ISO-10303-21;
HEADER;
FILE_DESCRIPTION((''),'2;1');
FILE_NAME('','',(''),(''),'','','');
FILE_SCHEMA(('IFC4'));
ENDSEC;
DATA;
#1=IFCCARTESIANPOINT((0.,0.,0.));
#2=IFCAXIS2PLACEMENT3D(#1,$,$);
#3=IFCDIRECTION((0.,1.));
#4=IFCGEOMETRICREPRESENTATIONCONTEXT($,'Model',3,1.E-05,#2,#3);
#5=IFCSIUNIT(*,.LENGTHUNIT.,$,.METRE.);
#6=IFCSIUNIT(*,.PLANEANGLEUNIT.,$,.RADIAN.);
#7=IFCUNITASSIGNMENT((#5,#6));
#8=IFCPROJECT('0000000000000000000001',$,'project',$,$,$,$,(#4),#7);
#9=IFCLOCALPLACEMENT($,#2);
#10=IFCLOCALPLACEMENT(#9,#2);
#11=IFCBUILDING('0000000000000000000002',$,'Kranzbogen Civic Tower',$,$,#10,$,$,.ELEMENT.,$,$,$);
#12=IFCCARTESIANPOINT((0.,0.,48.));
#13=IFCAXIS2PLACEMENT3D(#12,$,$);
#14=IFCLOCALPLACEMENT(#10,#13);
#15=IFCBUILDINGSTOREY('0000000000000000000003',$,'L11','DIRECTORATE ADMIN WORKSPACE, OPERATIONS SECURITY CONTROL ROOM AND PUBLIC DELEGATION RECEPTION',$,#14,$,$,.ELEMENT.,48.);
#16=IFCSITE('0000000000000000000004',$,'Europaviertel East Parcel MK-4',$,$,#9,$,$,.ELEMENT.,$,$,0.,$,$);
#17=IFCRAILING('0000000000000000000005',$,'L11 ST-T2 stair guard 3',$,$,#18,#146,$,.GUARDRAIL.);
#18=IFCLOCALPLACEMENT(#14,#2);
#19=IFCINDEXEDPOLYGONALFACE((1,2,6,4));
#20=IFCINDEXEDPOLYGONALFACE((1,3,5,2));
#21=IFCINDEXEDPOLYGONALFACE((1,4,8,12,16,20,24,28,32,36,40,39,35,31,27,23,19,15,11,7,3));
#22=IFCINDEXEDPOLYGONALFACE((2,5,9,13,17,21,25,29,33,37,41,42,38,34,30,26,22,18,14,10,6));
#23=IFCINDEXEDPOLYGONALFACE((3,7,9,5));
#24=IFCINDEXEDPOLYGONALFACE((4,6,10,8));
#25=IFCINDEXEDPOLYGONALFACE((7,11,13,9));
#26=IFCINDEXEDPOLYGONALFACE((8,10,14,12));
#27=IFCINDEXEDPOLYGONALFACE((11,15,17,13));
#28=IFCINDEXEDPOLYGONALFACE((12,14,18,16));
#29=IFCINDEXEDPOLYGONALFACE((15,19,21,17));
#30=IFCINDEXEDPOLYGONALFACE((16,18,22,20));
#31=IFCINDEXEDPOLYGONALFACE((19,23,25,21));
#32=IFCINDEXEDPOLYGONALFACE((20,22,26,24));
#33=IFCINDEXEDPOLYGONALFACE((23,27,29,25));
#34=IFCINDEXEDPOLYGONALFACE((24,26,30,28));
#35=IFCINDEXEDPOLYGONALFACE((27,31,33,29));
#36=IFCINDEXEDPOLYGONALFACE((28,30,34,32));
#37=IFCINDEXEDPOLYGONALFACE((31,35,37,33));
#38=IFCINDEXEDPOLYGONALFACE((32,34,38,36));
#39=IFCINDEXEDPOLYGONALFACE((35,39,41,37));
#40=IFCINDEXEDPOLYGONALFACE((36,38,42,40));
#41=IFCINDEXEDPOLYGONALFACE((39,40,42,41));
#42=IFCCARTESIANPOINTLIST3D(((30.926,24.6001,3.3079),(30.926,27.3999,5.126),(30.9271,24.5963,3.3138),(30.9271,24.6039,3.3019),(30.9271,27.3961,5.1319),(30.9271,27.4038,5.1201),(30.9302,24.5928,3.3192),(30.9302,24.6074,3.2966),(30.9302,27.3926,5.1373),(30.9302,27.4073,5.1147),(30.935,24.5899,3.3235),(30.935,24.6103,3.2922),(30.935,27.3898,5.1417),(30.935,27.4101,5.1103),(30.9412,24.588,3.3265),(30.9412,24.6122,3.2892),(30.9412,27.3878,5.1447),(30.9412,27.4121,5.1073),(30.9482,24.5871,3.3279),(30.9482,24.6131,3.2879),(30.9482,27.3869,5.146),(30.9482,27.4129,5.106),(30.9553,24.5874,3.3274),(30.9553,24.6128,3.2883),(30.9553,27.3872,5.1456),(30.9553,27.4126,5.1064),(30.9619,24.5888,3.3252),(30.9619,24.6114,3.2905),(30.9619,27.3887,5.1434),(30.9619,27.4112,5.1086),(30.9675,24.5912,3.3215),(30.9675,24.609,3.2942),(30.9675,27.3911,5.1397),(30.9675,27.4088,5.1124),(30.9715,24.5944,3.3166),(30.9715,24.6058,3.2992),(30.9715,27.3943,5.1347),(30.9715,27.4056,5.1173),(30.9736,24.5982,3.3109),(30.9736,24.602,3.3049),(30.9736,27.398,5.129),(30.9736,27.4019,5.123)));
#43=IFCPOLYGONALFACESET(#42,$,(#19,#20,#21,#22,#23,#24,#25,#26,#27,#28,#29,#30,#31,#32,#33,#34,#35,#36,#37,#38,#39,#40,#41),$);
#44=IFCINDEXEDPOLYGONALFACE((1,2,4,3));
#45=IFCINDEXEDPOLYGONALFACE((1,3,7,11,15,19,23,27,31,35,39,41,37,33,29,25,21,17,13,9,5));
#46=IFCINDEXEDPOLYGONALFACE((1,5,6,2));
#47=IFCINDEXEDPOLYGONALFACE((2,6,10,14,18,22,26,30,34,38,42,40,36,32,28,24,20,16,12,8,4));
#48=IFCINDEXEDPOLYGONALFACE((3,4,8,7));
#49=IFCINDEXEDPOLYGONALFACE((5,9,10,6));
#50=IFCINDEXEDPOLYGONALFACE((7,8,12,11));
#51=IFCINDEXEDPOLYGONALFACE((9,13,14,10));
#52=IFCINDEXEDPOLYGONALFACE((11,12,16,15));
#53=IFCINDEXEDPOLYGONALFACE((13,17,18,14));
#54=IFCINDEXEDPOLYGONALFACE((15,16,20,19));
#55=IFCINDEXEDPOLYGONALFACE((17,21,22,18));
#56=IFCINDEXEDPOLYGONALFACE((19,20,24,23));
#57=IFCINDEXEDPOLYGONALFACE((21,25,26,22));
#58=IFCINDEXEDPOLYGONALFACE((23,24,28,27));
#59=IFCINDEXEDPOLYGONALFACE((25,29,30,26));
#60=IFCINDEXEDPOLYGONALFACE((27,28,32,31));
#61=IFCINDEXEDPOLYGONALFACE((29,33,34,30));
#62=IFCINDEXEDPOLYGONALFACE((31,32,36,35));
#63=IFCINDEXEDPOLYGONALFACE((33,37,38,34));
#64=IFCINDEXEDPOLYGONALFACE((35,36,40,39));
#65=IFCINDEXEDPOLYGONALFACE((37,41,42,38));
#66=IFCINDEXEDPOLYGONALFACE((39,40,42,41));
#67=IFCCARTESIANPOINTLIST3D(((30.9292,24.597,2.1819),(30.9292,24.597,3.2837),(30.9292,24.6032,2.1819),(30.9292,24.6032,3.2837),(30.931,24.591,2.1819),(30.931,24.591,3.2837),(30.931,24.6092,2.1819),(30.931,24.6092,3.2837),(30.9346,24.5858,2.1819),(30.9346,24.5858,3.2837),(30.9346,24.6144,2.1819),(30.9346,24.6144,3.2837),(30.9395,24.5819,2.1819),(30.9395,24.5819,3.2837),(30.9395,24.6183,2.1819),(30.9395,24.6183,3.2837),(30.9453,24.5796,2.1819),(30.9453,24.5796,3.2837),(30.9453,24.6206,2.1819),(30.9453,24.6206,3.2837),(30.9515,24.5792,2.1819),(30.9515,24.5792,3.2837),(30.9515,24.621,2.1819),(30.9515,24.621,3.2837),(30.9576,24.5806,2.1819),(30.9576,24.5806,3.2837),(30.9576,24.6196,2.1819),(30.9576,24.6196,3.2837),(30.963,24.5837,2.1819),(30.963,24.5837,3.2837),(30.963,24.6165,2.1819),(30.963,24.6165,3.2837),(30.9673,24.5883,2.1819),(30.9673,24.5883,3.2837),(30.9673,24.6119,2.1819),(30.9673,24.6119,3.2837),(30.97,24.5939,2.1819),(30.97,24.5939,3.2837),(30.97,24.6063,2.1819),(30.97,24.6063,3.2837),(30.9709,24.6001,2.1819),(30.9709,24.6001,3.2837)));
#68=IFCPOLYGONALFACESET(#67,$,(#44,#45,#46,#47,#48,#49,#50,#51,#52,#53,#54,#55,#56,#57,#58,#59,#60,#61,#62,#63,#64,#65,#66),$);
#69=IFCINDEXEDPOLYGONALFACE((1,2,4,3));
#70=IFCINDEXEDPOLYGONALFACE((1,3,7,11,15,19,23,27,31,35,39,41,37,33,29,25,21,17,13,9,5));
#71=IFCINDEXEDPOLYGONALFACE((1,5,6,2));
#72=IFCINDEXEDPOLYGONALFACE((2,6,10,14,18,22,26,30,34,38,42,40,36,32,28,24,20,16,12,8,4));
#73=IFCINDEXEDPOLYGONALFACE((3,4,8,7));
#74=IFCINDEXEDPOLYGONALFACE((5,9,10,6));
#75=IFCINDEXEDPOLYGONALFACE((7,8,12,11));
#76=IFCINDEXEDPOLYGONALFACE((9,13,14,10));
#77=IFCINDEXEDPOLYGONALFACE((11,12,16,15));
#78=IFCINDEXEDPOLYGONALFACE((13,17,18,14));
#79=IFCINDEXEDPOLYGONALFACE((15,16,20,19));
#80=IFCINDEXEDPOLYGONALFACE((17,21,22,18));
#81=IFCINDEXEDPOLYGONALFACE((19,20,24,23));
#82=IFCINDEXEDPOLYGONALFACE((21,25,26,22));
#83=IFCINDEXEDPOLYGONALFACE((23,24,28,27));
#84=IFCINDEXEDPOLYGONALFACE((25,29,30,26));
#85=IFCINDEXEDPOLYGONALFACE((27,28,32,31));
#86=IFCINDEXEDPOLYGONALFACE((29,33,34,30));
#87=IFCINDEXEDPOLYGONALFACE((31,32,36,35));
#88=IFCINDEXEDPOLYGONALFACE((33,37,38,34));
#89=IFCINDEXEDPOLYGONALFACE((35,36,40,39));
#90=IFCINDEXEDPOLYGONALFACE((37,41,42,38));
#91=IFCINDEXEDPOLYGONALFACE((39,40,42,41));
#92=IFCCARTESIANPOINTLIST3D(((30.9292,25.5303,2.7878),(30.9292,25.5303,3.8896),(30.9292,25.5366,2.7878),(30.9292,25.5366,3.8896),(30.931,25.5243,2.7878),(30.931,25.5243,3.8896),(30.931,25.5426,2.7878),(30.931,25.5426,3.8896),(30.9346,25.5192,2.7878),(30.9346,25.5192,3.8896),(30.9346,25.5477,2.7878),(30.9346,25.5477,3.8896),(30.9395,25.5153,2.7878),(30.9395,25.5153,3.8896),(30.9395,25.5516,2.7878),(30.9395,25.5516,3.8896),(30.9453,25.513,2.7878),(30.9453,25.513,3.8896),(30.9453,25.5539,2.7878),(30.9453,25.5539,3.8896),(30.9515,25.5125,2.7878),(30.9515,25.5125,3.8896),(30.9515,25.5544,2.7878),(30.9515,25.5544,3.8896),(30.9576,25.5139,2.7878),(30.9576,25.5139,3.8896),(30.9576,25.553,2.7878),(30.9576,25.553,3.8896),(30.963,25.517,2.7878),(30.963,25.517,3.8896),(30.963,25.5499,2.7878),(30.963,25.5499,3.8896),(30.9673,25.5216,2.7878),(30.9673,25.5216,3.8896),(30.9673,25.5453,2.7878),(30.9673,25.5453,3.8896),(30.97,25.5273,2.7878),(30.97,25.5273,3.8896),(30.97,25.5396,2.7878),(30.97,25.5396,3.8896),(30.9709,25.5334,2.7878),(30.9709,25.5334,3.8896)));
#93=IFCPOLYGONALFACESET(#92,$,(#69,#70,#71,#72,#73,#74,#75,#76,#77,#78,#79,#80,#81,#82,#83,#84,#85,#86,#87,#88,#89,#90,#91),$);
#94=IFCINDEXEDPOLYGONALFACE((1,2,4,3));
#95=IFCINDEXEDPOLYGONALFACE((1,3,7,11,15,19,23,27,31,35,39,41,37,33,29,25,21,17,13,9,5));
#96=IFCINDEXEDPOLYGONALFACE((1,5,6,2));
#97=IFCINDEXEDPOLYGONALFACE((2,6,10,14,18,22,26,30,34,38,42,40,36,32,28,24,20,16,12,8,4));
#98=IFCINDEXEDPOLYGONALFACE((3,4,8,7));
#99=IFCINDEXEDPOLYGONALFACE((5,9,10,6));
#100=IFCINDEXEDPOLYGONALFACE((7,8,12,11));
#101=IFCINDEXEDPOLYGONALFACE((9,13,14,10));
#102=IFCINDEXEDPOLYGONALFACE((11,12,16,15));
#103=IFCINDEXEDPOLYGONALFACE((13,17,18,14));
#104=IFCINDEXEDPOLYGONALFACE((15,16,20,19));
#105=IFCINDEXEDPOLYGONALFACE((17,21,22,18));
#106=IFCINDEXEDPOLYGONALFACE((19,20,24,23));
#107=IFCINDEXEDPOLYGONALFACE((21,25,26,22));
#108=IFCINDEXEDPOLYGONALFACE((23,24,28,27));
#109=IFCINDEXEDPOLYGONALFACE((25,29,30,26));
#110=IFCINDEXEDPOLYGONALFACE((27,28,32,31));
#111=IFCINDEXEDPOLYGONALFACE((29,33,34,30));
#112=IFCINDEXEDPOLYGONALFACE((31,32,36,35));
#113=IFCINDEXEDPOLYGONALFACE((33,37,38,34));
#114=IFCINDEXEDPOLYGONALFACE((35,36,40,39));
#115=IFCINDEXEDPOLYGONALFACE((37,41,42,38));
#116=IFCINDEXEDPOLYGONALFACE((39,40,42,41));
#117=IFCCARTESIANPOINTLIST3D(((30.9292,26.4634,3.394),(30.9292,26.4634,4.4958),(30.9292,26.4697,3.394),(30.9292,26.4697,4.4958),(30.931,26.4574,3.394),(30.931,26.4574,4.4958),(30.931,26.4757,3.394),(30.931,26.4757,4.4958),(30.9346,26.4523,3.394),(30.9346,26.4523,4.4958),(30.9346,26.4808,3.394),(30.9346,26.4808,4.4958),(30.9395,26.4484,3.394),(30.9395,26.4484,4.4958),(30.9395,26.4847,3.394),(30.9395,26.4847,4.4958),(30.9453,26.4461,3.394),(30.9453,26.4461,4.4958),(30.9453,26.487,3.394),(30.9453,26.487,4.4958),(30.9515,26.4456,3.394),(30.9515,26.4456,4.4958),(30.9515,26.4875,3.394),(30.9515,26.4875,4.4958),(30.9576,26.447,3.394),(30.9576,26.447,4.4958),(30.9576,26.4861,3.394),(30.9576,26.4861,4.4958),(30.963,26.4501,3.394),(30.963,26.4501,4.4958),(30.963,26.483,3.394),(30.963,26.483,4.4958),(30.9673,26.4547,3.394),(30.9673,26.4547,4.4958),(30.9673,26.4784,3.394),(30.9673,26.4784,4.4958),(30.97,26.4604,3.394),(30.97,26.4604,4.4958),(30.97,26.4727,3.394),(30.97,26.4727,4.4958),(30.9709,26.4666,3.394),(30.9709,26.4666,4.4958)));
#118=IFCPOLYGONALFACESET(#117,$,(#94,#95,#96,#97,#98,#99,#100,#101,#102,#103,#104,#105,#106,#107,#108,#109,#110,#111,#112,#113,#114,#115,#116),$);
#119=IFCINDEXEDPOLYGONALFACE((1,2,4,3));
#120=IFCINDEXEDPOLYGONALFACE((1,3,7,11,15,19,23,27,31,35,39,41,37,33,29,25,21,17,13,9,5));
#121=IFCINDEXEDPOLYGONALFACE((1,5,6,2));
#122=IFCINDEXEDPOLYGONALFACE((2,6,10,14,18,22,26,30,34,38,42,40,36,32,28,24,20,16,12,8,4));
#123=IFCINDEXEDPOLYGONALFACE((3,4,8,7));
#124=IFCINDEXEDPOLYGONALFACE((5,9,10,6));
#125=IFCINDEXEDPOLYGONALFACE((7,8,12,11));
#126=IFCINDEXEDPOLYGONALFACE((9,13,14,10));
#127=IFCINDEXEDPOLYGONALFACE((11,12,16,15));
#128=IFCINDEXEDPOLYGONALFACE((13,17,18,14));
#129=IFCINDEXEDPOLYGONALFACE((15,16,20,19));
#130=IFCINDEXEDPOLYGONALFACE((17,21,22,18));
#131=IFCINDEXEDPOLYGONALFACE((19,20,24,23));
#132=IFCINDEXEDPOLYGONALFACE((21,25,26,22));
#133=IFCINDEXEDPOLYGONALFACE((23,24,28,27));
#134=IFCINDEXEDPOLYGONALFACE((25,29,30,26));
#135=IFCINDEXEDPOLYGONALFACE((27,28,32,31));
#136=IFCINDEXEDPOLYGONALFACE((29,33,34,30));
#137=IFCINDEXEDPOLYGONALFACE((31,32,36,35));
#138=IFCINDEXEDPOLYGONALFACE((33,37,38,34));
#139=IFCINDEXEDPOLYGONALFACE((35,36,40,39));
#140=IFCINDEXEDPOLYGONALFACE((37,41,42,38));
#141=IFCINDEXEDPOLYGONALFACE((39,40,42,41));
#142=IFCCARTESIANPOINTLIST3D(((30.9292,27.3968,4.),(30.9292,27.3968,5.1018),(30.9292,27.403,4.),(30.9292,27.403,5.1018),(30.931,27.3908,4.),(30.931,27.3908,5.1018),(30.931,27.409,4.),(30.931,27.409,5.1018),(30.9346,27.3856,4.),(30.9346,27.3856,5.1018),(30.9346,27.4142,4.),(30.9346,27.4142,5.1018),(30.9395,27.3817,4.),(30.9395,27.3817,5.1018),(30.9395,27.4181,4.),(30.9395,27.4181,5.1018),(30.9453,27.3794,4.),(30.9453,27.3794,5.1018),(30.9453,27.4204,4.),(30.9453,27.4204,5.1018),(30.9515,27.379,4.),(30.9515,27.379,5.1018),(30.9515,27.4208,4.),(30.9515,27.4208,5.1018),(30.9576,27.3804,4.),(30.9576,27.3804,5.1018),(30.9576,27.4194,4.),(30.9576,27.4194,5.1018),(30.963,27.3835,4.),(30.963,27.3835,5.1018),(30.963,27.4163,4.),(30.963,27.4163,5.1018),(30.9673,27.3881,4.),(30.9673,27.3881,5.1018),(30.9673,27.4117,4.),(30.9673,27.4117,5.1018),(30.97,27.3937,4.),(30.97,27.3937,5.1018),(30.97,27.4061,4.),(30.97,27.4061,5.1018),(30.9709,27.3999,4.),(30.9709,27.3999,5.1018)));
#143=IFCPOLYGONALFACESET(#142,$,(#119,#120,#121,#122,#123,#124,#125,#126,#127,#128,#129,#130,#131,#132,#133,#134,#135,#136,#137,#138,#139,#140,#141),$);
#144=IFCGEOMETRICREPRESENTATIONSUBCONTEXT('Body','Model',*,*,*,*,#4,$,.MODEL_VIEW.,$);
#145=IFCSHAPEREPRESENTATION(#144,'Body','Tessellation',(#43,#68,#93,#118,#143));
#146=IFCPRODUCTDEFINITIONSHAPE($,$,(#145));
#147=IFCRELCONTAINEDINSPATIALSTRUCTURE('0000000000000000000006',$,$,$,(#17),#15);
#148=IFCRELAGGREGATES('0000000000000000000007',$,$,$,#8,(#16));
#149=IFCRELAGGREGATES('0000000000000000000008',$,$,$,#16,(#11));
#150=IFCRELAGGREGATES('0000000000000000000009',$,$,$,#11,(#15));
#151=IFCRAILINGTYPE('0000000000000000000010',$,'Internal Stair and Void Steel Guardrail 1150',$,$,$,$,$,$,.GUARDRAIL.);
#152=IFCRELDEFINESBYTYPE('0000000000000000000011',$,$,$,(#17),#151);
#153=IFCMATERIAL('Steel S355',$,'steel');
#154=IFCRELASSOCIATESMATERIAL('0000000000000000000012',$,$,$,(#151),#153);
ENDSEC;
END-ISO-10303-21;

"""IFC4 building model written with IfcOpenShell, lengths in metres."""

from ifc_helpers import new_model, si_unit, direction, frame, origin, origin_2d, place, context, subcontext, project, spatial, circle, extrude, material, type_object, element, save


model = new_model("IFC4")

# Units and contexts
model_context = context("Model", 3, precision=1e-05, world=origin(), true_north=direction((0.0, 1.0)))
body_context = subcontext(model_context, "Body", "Model", "MODEL_VIEW")
ifc_project = project(units=[si_unit("LENGTHUNIT", "METRE"), si_unit("PLANEANGLEUNIT", "RADIAN")], contexts=[model_context])

# Site, building, storey
site_placement = place(None, origin())
site = spatial("IfcSite", under=ifc_project, at=site_placement, Name="Europaviertel East Parcel MK-4", CompositionType="ELEMENT", RefElevation=0.0)
building_placement = place(site_placement, origin())
building = spatial("IfcBuilding", under=site, at=building_placement, Name="Kranzbogen Civic Tower", CompositionType="ELEMENT")
storey_placement = place(building_placement, frame((0.0, 0.0, 48.0)))
storey = spatial("IfcBuildingStorey", under=building, at=storey_placement, Name="L11", Description="DIRECTORATE ADMIN WORKSPACE, OPERATIONS SECURITY CONTROL ROOM AND PUBLIC DELEGATION RECEPTION", CompositionType="ELEMENT", Elevation=48.0)

# Shared definitions
ifc_material_1 = material(Name="Steel S355", Category="steel")

# Railing
railing_type_1 = type_object("IfcRailingType", Name="Internal Stair and Void Steel Guardrail 1150", PredefinedType="GUARDRAIL", material=ifc_material_1)
railing_1_placement = place(storey_placement, frame((30.95, 24.6001, 2.1819)))
element("IfcRailing", 1, at=railing_1_placement, inside=storey, type_object=railing_type_1, Name="L11 ST-T2 stair guard 3", PredefinedType="GUARDRAIL", context=body_context, shape_type="SweptSolid", body=[
    extrude(circle(Radius=0.0239, at=origin_2d()), frame((0.0, 0.0, 1.126), z_axis=(0.0, 0.838684, 0.544618), x_axis=(-1.0, 0.0, 0.0)), (0.0, 0.0, 1.0), 3.3384),
    extrude(circle(Radius=0.021, at=origin_2d()), origin(), (0.0, 0.0, 1.0), 1.1018),
    extrude(circle(Radius=0.021, at=origin_2d()), frame((0.0, 0.9333, 0.606)), (0.0, 0.0, 1.0), 1.1018),
    extrude(circle(Radius=0.021, at=origin_2d()), frame((0.0, 1.8665, 1.2122)), (0.0, 0.0, 1.0), 1.1018),
    extrude(circle(Radius=0.021, at=origin_2d()), frame((0.0, 2.7998, 1.8181)), (0.0, 0.0, 1.0), 1.1018),
])

save(model, "model.ifc")
